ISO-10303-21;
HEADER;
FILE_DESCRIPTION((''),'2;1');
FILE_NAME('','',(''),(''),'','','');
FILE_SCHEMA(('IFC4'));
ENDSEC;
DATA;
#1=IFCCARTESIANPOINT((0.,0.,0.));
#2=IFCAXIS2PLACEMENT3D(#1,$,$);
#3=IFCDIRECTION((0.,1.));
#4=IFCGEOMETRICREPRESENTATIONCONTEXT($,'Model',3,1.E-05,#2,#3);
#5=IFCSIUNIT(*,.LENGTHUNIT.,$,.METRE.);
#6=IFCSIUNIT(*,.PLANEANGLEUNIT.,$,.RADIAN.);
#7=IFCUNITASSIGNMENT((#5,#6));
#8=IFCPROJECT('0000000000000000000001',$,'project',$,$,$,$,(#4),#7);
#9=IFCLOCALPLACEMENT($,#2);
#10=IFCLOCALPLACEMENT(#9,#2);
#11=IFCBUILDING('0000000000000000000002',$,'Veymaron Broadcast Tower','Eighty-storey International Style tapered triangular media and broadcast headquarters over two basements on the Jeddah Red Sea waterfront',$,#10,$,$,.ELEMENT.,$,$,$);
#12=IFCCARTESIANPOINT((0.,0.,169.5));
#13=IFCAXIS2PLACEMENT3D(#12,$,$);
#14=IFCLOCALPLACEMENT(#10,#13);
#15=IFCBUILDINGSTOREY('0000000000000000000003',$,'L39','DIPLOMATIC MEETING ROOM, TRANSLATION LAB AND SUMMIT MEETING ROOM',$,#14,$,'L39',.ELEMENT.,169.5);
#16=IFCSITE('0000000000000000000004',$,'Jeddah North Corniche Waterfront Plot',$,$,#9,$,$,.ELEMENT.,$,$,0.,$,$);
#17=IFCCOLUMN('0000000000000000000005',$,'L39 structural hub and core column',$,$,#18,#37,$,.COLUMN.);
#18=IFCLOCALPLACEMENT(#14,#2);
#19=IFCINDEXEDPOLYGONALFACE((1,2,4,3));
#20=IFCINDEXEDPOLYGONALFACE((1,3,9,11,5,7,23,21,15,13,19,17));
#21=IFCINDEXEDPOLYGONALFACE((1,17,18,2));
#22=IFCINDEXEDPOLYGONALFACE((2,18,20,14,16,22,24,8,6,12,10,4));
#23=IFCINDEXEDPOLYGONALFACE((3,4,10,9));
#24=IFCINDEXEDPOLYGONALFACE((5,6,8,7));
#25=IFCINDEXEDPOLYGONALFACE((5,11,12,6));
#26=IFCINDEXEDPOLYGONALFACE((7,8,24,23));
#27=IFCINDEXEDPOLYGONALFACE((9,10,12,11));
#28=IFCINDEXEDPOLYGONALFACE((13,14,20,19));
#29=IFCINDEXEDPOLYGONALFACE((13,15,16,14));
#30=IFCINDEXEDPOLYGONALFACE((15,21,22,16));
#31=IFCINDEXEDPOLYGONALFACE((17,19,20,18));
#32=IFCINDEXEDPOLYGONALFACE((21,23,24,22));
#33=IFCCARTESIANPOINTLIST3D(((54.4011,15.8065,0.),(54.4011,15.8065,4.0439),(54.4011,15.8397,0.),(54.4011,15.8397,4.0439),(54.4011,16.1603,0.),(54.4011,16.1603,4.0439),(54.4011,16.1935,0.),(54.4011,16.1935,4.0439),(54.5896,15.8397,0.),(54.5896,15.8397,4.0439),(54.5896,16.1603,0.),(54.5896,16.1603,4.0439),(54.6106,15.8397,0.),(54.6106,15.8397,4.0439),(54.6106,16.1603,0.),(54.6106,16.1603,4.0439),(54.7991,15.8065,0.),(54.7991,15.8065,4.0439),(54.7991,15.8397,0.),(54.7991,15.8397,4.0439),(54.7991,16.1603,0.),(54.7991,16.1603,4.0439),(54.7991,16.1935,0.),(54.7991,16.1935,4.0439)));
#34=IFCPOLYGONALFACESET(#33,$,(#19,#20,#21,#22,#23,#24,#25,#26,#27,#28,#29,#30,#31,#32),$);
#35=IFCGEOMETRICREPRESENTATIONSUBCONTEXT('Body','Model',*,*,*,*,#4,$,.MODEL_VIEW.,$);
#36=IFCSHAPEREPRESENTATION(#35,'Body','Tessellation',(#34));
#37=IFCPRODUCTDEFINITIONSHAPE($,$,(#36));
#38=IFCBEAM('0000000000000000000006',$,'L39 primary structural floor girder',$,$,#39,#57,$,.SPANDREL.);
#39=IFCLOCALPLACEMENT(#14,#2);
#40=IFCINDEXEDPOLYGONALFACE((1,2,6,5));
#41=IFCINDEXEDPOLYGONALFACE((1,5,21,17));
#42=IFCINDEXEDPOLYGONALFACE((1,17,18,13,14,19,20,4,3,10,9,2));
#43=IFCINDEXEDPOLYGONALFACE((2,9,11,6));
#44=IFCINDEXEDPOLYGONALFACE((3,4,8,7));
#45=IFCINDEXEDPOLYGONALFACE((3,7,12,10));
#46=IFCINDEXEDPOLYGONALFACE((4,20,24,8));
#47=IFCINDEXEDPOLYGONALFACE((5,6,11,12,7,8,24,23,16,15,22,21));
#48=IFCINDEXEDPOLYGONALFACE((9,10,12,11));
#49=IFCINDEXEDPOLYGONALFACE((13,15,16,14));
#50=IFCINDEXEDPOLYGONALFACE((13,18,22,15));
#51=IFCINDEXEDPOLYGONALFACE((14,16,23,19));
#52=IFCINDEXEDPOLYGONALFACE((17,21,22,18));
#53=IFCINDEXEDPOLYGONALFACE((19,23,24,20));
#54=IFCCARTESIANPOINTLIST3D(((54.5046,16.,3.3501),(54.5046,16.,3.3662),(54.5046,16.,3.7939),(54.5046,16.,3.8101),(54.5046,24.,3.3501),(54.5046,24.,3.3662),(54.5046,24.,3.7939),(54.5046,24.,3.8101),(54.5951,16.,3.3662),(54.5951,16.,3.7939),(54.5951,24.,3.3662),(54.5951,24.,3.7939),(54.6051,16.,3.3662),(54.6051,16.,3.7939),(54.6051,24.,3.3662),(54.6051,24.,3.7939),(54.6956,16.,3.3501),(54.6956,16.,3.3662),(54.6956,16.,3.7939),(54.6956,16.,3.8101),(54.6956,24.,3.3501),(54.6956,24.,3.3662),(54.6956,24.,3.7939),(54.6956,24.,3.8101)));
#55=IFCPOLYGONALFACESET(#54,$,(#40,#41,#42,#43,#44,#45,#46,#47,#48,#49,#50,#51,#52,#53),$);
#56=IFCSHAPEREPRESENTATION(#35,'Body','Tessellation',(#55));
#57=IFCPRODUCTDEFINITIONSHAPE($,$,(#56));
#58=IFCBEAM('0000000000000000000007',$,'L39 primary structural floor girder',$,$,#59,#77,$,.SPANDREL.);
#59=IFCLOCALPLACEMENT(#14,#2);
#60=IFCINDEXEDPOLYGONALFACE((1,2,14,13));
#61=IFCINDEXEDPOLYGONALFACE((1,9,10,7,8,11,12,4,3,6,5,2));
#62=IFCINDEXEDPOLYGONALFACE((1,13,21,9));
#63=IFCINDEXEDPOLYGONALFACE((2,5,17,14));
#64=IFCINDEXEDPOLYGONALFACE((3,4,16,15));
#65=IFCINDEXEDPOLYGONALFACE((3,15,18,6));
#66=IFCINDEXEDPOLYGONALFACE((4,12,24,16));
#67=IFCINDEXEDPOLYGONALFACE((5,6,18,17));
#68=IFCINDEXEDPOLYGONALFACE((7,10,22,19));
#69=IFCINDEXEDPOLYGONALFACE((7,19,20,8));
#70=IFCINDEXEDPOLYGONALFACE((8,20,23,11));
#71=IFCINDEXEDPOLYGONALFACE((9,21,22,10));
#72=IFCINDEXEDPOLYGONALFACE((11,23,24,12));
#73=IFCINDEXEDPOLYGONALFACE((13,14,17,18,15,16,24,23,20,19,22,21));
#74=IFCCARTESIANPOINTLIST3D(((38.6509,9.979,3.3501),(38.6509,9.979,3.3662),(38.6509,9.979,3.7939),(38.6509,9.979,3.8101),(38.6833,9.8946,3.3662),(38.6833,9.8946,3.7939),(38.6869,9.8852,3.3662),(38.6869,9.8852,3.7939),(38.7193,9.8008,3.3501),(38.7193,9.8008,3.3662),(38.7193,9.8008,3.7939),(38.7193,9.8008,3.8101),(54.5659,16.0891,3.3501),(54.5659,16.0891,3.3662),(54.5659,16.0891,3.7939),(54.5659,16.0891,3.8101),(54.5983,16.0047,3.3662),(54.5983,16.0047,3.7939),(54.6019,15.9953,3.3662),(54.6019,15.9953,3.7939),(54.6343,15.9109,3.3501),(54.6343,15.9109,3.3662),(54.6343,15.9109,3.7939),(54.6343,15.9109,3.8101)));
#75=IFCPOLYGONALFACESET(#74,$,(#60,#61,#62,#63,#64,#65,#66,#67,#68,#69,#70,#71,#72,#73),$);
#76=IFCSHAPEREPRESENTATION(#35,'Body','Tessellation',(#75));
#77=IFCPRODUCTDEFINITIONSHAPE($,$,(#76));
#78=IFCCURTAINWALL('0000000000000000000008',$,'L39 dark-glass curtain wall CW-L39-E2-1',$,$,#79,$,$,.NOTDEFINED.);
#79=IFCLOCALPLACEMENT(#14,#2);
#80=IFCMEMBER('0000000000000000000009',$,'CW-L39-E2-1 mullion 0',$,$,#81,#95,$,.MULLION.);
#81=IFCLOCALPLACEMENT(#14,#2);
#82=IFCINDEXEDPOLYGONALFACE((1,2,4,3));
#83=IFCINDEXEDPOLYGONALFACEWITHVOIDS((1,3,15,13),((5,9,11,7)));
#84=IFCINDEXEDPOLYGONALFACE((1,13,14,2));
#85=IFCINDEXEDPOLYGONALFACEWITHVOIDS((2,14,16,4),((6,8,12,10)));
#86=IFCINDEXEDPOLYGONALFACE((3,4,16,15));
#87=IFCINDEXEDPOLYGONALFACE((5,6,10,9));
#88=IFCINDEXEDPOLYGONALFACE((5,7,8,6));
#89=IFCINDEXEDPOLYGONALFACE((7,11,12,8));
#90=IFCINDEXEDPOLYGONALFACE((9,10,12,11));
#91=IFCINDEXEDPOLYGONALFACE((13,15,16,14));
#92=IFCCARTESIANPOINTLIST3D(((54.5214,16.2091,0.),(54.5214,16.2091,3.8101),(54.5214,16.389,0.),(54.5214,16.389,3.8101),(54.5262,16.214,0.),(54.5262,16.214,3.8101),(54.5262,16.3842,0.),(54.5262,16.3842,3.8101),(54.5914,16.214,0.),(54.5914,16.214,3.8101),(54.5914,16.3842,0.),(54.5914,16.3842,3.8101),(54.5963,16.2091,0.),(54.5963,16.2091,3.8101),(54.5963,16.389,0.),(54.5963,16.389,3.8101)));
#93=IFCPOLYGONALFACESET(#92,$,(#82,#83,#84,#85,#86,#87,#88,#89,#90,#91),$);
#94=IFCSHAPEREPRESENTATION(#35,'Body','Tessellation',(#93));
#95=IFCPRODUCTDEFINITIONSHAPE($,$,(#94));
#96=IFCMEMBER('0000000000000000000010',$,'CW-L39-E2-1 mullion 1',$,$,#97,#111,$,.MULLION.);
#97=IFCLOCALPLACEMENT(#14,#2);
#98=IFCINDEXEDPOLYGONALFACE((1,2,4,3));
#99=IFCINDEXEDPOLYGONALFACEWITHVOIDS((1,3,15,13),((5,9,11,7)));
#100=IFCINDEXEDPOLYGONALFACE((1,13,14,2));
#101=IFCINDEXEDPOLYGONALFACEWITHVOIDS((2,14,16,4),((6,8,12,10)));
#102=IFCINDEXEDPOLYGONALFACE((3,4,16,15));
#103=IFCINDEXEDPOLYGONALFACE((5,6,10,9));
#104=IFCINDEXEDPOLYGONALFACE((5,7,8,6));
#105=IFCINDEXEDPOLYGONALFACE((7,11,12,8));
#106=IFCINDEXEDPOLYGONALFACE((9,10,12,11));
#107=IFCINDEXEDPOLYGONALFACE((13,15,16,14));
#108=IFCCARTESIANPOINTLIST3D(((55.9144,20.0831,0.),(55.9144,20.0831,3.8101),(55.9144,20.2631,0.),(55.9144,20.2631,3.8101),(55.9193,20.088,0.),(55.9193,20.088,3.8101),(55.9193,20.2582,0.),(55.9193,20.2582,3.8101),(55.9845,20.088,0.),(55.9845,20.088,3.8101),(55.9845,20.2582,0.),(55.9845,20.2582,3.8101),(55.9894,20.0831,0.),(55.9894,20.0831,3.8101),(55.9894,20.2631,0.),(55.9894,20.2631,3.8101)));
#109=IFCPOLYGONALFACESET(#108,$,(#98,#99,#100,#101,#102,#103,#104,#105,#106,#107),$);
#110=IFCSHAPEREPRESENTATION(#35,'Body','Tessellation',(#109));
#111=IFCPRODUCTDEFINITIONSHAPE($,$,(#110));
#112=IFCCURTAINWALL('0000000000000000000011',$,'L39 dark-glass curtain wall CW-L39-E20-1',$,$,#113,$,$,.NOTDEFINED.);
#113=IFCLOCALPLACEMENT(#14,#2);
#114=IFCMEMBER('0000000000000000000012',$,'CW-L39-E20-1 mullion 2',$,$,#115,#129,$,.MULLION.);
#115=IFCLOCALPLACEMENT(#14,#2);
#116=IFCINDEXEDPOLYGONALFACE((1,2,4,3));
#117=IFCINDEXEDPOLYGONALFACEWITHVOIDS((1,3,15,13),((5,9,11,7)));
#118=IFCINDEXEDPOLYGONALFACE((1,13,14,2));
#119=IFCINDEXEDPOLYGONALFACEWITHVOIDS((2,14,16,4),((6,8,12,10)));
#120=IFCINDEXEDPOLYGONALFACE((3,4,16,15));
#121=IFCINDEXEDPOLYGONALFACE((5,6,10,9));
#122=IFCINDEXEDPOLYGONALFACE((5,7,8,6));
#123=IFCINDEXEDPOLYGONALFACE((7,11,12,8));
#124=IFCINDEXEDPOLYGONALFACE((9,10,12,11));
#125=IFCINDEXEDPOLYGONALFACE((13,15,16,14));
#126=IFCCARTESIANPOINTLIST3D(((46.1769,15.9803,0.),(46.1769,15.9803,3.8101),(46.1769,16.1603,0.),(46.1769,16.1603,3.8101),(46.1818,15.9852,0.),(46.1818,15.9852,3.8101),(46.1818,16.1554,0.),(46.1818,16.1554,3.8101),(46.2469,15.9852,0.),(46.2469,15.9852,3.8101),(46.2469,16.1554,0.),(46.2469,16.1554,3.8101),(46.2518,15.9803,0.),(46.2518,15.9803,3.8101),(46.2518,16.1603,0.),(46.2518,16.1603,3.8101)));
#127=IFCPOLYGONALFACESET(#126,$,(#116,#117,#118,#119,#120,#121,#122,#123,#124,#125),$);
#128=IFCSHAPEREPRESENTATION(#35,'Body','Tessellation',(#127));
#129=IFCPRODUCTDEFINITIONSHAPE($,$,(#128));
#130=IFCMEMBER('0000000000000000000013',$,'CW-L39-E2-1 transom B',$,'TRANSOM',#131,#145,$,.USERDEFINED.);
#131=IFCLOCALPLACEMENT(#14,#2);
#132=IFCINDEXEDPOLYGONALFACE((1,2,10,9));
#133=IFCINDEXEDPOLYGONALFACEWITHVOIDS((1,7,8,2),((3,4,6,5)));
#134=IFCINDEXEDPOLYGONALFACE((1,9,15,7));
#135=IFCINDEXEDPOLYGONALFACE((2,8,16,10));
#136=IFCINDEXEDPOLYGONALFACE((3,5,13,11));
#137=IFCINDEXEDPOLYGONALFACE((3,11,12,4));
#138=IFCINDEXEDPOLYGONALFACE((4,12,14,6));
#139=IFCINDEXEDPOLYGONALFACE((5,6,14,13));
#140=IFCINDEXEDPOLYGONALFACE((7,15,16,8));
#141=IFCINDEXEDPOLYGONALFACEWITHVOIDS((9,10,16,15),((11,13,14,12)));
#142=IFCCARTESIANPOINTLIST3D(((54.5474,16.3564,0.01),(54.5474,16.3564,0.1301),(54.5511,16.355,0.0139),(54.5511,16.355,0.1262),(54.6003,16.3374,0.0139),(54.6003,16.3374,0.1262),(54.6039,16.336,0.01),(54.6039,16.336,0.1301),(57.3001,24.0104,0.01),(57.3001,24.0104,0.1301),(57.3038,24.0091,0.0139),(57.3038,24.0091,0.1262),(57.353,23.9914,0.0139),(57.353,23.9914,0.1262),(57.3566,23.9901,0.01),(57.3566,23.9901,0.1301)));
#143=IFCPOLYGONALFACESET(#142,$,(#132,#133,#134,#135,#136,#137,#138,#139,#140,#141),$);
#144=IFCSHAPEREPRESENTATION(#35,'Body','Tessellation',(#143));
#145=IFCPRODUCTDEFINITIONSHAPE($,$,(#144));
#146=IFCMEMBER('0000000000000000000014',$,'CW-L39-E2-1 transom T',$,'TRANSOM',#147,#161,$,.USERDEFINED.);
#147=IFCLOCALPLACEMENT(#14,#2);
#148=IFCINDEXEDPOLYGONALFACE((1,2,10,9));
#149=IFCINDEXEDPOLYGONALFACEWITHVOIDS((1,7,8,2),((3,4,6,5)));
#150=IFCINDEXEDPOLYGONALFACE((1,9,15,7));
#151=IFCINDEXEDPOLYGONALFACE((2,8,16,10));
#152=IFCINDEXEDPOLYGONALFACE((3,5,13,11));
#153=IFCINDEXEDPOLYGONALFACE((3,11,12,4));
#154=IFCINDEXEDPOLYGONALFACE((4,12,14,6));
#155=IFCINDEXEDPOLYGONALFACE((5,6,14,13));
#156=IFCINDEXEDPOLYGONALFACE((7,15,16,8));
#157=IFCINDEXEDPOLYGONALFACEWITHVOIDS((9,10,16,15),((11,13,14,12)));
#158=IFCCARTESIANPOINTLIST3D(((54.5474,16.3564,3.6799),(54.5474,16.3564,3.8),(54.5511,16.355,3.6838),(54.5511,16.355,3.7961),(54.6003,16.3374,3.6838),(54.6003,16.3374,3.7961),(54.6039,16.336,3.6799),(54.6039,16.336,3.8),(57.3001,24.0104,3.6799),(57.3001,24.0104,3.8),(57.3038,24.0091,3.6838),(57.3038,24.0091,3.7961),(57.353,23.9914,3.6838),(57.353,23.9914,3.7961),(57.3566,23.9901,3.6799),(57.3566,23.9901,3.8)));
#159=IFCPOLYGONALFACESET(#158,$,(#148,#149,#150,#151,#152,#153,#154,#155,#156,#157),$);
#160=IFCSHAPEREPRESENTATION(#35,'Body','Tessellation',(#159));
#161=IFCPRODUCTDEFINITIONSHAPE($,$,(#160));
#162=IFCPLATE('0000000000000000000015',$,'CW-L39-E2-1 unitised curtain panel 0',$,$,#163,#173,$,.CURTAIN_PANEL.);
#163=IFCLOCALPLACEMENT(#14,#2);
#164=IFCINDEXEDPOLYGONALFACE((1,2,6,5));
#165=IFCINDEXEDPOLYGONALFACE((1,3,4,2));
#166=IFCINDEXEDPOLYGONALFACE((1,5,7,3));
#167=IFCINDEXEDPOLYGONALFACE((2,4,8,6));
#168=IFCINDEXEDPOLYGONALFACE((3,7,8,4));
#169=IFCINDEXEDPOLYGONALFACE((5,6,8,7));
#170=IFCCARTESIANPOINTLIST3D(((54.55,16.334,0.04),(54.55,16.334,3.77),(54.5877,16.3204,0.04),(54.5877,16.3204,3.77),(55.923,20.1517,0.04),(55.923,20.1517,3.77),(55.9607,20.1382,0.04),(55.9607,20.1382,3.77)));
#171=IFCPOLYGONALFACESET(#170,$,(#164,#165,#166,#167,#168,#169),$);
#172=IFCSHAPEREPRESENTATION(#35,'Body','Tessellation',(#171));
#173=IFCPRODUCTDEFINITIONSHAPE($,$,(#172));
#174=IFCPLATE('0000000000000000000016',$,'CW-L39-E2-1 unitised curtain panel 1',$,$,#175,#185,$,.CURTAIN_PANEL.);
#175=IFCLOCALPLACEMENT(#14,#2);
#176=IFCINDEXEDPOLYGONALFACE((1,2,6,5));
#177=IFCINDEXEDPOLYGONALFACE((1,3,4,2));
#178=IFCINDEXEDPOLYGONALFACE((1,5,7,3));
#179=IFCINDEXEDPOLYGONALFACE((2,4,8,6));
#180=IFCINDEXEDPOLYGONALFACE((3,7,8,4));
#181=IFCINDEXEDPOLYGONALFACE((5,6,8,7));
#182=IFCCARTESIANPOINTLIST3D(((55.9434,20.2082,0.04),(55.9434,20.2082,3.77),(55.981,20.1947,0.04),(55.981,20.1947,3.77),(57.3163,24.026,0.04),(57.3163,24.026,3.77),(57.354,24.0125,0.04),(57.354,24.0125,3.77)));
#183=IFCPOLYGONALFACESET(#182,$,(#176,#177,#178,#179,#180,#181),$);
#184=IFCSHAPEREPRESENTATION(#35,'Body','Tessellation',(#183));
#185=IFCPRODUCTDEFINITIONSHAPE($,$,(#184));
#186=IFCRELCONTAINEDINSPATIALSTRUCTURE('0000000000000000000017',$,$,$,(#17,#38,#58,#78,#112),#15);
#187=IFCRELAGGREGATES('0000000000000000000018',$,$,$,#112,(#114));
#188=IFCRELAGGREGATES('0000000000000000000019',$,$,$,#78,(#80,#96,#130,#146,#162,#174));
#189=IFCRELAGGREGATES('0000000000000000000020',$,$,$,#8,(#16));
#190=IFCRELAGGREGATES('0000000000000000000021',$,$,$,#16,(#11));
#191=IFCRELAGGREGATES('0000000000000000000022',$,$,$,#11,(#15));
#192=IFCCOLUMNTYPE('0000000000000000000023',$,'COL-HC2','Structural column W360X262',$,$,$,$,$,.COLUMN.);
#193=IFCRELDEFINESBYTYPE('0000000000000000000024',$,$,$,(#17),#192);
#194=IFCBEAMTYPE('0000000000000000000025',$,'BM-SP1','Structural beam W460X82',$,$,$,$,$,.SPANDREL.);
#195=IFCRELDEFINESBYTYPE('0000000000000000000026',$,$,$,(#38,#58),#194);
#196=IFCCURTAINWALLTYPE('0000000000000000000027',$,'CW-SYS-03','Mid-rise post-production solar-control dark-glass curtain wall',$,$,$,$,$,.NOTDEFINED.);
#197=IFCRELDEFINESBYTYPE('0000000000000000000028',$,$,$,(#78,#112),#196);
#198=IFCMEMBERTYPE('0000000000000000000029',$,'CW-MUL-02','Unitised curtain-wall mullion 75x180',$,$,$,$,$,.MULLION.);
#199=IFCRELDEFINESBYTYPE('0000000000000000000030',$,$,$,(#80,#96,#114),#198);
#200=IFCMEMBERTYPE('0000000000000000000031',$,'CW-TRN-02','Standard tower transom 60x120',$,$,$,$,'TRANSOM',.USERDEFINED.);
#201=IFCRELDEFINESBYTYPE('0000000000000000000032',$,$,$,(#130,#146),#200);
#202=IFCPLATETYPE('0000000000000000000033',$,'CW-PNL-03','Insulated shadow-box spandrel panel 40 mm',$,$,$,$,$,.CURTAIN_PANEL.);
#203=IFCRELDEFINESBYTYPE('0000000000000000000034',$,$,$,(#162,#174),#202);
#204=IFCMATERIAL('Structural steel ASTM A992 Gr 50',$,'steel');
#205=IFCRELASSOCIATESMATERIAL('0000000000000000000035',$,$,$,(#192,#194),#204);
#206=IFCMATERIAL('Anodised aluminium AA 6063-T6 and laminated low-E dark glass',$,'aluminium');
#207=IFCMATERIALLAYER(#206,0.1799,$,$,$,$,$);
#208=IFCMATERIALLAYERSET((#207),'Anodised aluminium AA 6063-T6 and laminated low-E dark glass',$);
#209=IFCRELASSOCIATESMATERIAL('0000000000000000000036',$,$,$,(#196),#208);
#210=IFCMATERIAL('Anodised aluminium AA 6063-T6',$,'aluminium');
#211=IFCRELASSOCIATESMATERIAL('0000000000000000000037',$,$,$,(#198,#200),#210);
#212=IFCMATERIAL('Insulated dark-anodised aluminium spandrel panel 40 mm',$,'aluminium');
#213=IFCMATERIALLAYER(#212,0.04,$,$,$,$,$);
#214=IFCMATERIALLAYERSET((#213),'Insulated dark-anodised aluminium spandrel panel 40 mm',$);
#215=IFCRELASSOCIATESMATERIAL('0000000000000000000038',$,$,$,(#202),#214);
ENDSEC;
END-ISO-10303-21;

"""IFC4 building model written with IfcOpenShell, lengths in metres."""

from ifc_helpers import new_model, si_unit, direction, frame, origin, origin_2d, place, context, subcontext, project, spatial, rectangle, hollow_rectangle, i_section, extrude, material, layer, layer_set, material_profile, profile_set, type_object, element, aggregate, save


model = new_model("IFC4")

# Units and contexts
model_context = context("Model", 3, precision=1e-05, world=origin(), true_north=direction((0.0, 1.0)))
body_context = subcontext(model_context, "Body", "Model", "MODEL_VIEW")
ifc_project = project(units=[si_unit("LENGTHUNIT", "METRE"), si_unit("PLANEANGLEUNIT", "RADIAN")], contexts=[model_context])

# Site, building, storey
site_placement = place(None, origin())
site = spatial("IfcSite", under=ifc_project, at=site_placement, Name="Jeddah North Corniche Waterfront Plot", CompositionType="ELEMENT", RefElevation=0.0)
building_placement = place(site_placement, origin())
building = spatial("IfcBuilding", under=site, at=building_placement, Name="Veymaron Broadcast Tower", Description="Eighty-storey International Style tapered triangular media and broadcast headquarters over two basements on the Jeddah Red Sea waterfront", CompositionType="ELEMENT")
storey_placement = place(building_placement, frame((0.0, 0.0, 169.5)))
storey = spatial("IfcBuildingStorey", under=building, at=storey_placement, Name="L39", Description="DIPLOMATIC MEETING ROOM, TRANSLATION LAB AND SUMMIT MEETING ROOM", LongName="L39", CompositionType="ELEMENT", Elevation=169.5)

# Column
ifc_material_1 = material(Name="Structural steel ASTM A992 Gr 50", Category="steel")
ifc_material_profile_1 = material_profile(ifc_material_1, i_section(OverallWidth=0.3979, OverallDepth=0.387, WebThickness=0.021, FlangeThickness=0.0332, at=origin_2d()), Name="W360X262")
ifc_profile_set_1 = profile_set([ifc_material_profile_1], Name="Structural steel ASTM A992 Gr 50")
column_type = type_object("IfcColumnType", Name="COL-HC2", Description="Structural column W360X262", PredefinedType="COLUMN", material=ifc_profile_set_1)
column_placement = place(storey_placement, frame((54.6001, 16.0, 0.0), z_axis=(0.0, 0.0, 1.0), x_axis=(1.0, 0.0, 0.0)))
element("IfcColumn", 1, at=column_placement, inside=storey, type_object=column_type, Name="L39 structural hub and core column", PredefinedType="COLUMN", context=body_context, shape_type="SweptSolid", body=[
    extrude(i_section(OverallWidth=0.3979, OverallDepth=0.387, WebThickness=0.021, FlangeThickness=0.0332, at=origin_2d()), origin(), (0.0, 0.0, 1.0), 4.0439),
])

# Beams
ifc_material_profile_2 = material_profile(ifc_material_1, i_section(OverallWidth=0.1909, OverallDepth=0.46, WebThickness=0.01, FlangeThickness=0.0161, at=origin_2d()), Name="W460X82")
ifc_profile_set_2 = profile_set([ifc_material_profile_2], Name="Structural steel ASTM A992 Gr 50")
beam_type = type_object("IfcBeamType", Name="BM-SP1", Description="Structural beam W460X82", PredefinedType="SPANDREL", material=ifc_profile_set_2)
beam_1_placement = place(storey_placement, frame((54.6001, 16.0, 3.5801), z_axis=(0.0, 1.0, 0.0), x_axis=(-1.0, 0.0, 0.0)))
element("IfcBeam", 2, at=beam_1_placement, inside=storey, type_object=beam_type, Name="L39 primary structural floor girder", PredefinedType="SPANDREL", context=body_context, shape_type="SweptSolid", body=[
    extrude(i_section(OverallWidth=0.1909, OverallDepth=0.46, WebThickness=0.01, FlangeThickness=0.0161, at=origin_2d()), origin(), (0.0, 0.0, 1.0), 8.0),
])
beam_2_placement = place(storey_placement, frame((54.6001, 16.0, 3.5801), z_axis=(-0.933563, -0.358414, 0.0), x_axis=(0.358414, -0.933563, 0.0)))
element("IfcBeam", 3, at=beam_2_placement, inside=storey, type_object=beam_type, Name="L39 primary structural floor girder", PredefinedType="SPANDREL", context=body_context, shape_type="SweptSolid", body=[
    extrude(i_section(OverallWidth=0.1909, OverallDepth=0.46, WebThickness=0.01, FlangeThickness=0.0161, at=origin_2d()), origin(), (0.0, 0.0, 1.0), 17.0476),
])

# Curtain wall, members
ifc_material_2 = material(Name="Anodised aluminium AA 6063-T6 and laminated low-E dark glass", Category="aluminium")
ifc_layer_1 = layer(ifc_material_2, 0.1799)
ifc_layer_set_1 = layer_set([ifc_layer_1], Name="Anodised aluminium AA 6063-T6 and laminated low-E dark glass")
curtain_wall_type = type_object("IfcCurtainWallType", Name="CW-SYS-03", Description="Mid-rise post-production solar-control dark-glass curtain wall", PredefinedType="NOTDEFINED", material=ifc_layer_set_1)
curtain_wall_1_placement = place(storey_placement, origin())
curtain_wall_1 = element("IfcCurtainWall", 4, at=curtain_wall_1_placement, inside=storey, type_object=curtain_wall_type, Name="L39 dark-glass curtain wall CW-L39-E2-1", PredefinedType="NOTDEFINED")
ifc_material_3 = material(Name="Anodised aluminium AA 6063-T6", Category="aluminium")
ifc_material_profile_3 = material_profile(ifc_material_3, hollow_rectangle(XDim=0.075, YDim=0.1799, WallThickness=0.0049, at=origin_2d()), Name="AL180X75X5")
ifc_profile_set_3 = profile_set([ifc_material_profile_3], Name="Anodised aluminium AA 6063-T6")
member_type_1 = type_object("IfcMemberType", Name="CW-MUL-02", Description="Unitised curtain-wall mullion 75x180", PredefinedType="MULLION", material=ifc_profile_set_3)
member_1_placement = place(storey_placement, frame((54.5588, 16.2991, 0.0), z_axis=(0.0, 0.0, 1.0), x_axis=(1.0, 0.0, 0.0)))
member_1 = element("IfcMember", 5, at=member_1_placement, type_object=member_type_1, Name="CW-L39-E2-1 mullion 0", PredefinedType="MULLION", context=body_context, shape_type="SweptSolid", body=[
    extrude(hollow_rectangle(XDim=0.075, YDim=0.1799, WallThickness=0.0049, at=origin_2d()), origin(), (0.0, 0.0, 1.0), 3.8101),
])
member_2_placement = place(storey_placement, frame((55.9519, 20.1731, 0.0), z_axis=(0.0, 0.0, 1.0), x_axis=(1.0, 0.0, 0.0)))
member_2 = element("IfcMember", 6, at=member_2_placement, type_object=member_type_1, Name="CW-L39-E2-1 mullion 1", PredefinedType="MULLION", context=body_context, shape_type="SweptSolid", body=[
    extrude(hollow_rectangle(XDim=0.075, YDim=0.1799, WallThickness=0.0049, at=origin_2d()), origin(), (0.0, 0.0, 1.0), 3.8101),
])

# Curtain wall, member
curtain_wall_2_placement = place(storey_placement, origin())
curtain_wall_2 = element("IfcCurtainWall", 7, at=curtain_wall_2_placement, inside=storey, type_object=curtain_wall_type, Name="L39 dark-glass curtain wall CW-L39-E20-1", PredefinedType="NOTDEFINED")
member_3_placement = place(storey_placement, frame((46.2144, 16.0703, 0.0), z_axis=(0.0, 0.0, 1.0), x_axis=(1.0, 0.0, 0.0)))
member_3 = element("IfcMember", 8, at=member_3_placement, type_object=member_type_1, Name="CW-L39-E20-1 mullion 2", PredefinedType="MULLION", context=body_context, shape_type="SweptSolid", body=[
    extrude(hollow_rectangle(XDim=0.075, YDim=0.1799, WallThickness=0.0049, at=origin_2d()), origin(), (0.0, 0.0, 1.0), 3.8101),
])
aggregate(curtain_wall_2, [member_3])

# Members
ifc_material_profile_4 = material_profile(ifc_material_3, hollow_rectangle(XDim=0.0601, YDim=0.1201, WallThickness=0.0039, at=origin_2d()), Name="AL120X60X4")
ifc_profile_set_4 = profile_set([ifc_material_profile_4], Name="Anodised aluminium AA 6063-T6")
member_type_2 = type_object("IfcMemberType", Name="CW-TRN-02", Description="Standard tower transom 60x120", ElementType="TRANSOM", PredefinedType="USERDEFINED", material=ifc_profile_set_4)
member_4_placement = place(storey_placement, frame((54.5757, 16.3462, 0.0701), z_axis=(0.338418, 0.940996, 0.0), x_axis=(-0.940996, 0.338418, 0.0)))
member_4 = element("IfcMember", 9, at=member_4_placement, type_object=member_type_2, Name="CW-L39-E2-1 transom B", ObjectType="TRANSOM", PredefinedType="USERDEFINED", context=body_context, shape_type="SweptSolid", body=[
    extrude(hollow_rectangle(XDim=0.0601, YDim=0.1201, WallThickness=0.0039, at=origin_2d()), origin(), (0.0, 0.0, 1.0), 8.134),
])
member_5_placement = place(storey_placement, frame((54.5757, 16.3462, 3.74), z_axis=(0.338418, 0.940996, 0.0), x_axis=(-0.940996, 0.338418, 0.0)))
member_5 = element("IfcMember", 10, at=member_5_placement, type_object=member_type_2, Name="CW-L39-E2-1 transom T", ObjectType="TRANSOM", PredefinedType="USERDEFINED", context=body_context, shape_type="SweptSolid", body=[
    extrude(hollow_rectangle(XDim=0.0601, YDim=0.1201, WallThickness=0.0039, at=origin_2d()), origin(), (0.0, 0.0, 1.0), 8.134),
])

# Plates
ifc_material_4 = material(Name="Insulated dark-anodised aluminium spandrel panel 40 mm", Category="aluminium")
ifc_layer_2 = layer(ifc_material_4, 0.04)
ifc_layer_set_2 = layer_set([ifc_layer_2], Name="Insulated dark-anodised aluminium spandrel panel 40 mm")
plate_type_1 = type_object("IfcPlateType", Name="CW-PNL-03", Description="Insulated shadow-box spandrel panel 40 mm", PredefinedType="CURTAIN_PANEL", material=ifc_layer_set_2)
plate_1_placement = place(storey_placement, frame((55.2554, 18.2361, 0.04), z_axis=(0.0, 0.0, 1.0), x_axis=(0.338409, 0.940999, 0.0)))
plate_1 = element("IfcPlate", 11, at=plate_1_placement, type_object=plate_type_1, Name="CW-L39-E2-1 unitised curtain panel 0", PredefinedType="CURTAIN_PANEL", context=body_context, shape_type="SweptSolid", body=[
    extrude(rectangle(XDim=4.0571, YDim=0.04, at=origin_2d()), origin(), (0.0, 0.0, 1.0), 3.73),
])
plate_2_placement = place(storey_placement, frame((56.6487, 22.1104, 0.04), z_axis=(0.0, 0.0, 1.0), x_axis=(0.338409, 0.940999, 0.0)))
plate_2 = element("IfcPlate", 12, at=plate_2_placement, type_object=plate_type_1, Name="CW-L39-E2-1 unitised curtain panel 1", PredefinedType="CURTAIN_PANEL", context=body_context, shape_type="SweptSolid", body=[
    extrude(rectangle(XDim=4.0571, YDim=0.04, at=origin_2d()), origin(), (0.0, 0.0, 1.0), 3.73),
])
aggregate(curtain_wall_1, [member_1, member_2, member_4, member_5, plate_1, plate_2])

save(model, "model.ifc")
